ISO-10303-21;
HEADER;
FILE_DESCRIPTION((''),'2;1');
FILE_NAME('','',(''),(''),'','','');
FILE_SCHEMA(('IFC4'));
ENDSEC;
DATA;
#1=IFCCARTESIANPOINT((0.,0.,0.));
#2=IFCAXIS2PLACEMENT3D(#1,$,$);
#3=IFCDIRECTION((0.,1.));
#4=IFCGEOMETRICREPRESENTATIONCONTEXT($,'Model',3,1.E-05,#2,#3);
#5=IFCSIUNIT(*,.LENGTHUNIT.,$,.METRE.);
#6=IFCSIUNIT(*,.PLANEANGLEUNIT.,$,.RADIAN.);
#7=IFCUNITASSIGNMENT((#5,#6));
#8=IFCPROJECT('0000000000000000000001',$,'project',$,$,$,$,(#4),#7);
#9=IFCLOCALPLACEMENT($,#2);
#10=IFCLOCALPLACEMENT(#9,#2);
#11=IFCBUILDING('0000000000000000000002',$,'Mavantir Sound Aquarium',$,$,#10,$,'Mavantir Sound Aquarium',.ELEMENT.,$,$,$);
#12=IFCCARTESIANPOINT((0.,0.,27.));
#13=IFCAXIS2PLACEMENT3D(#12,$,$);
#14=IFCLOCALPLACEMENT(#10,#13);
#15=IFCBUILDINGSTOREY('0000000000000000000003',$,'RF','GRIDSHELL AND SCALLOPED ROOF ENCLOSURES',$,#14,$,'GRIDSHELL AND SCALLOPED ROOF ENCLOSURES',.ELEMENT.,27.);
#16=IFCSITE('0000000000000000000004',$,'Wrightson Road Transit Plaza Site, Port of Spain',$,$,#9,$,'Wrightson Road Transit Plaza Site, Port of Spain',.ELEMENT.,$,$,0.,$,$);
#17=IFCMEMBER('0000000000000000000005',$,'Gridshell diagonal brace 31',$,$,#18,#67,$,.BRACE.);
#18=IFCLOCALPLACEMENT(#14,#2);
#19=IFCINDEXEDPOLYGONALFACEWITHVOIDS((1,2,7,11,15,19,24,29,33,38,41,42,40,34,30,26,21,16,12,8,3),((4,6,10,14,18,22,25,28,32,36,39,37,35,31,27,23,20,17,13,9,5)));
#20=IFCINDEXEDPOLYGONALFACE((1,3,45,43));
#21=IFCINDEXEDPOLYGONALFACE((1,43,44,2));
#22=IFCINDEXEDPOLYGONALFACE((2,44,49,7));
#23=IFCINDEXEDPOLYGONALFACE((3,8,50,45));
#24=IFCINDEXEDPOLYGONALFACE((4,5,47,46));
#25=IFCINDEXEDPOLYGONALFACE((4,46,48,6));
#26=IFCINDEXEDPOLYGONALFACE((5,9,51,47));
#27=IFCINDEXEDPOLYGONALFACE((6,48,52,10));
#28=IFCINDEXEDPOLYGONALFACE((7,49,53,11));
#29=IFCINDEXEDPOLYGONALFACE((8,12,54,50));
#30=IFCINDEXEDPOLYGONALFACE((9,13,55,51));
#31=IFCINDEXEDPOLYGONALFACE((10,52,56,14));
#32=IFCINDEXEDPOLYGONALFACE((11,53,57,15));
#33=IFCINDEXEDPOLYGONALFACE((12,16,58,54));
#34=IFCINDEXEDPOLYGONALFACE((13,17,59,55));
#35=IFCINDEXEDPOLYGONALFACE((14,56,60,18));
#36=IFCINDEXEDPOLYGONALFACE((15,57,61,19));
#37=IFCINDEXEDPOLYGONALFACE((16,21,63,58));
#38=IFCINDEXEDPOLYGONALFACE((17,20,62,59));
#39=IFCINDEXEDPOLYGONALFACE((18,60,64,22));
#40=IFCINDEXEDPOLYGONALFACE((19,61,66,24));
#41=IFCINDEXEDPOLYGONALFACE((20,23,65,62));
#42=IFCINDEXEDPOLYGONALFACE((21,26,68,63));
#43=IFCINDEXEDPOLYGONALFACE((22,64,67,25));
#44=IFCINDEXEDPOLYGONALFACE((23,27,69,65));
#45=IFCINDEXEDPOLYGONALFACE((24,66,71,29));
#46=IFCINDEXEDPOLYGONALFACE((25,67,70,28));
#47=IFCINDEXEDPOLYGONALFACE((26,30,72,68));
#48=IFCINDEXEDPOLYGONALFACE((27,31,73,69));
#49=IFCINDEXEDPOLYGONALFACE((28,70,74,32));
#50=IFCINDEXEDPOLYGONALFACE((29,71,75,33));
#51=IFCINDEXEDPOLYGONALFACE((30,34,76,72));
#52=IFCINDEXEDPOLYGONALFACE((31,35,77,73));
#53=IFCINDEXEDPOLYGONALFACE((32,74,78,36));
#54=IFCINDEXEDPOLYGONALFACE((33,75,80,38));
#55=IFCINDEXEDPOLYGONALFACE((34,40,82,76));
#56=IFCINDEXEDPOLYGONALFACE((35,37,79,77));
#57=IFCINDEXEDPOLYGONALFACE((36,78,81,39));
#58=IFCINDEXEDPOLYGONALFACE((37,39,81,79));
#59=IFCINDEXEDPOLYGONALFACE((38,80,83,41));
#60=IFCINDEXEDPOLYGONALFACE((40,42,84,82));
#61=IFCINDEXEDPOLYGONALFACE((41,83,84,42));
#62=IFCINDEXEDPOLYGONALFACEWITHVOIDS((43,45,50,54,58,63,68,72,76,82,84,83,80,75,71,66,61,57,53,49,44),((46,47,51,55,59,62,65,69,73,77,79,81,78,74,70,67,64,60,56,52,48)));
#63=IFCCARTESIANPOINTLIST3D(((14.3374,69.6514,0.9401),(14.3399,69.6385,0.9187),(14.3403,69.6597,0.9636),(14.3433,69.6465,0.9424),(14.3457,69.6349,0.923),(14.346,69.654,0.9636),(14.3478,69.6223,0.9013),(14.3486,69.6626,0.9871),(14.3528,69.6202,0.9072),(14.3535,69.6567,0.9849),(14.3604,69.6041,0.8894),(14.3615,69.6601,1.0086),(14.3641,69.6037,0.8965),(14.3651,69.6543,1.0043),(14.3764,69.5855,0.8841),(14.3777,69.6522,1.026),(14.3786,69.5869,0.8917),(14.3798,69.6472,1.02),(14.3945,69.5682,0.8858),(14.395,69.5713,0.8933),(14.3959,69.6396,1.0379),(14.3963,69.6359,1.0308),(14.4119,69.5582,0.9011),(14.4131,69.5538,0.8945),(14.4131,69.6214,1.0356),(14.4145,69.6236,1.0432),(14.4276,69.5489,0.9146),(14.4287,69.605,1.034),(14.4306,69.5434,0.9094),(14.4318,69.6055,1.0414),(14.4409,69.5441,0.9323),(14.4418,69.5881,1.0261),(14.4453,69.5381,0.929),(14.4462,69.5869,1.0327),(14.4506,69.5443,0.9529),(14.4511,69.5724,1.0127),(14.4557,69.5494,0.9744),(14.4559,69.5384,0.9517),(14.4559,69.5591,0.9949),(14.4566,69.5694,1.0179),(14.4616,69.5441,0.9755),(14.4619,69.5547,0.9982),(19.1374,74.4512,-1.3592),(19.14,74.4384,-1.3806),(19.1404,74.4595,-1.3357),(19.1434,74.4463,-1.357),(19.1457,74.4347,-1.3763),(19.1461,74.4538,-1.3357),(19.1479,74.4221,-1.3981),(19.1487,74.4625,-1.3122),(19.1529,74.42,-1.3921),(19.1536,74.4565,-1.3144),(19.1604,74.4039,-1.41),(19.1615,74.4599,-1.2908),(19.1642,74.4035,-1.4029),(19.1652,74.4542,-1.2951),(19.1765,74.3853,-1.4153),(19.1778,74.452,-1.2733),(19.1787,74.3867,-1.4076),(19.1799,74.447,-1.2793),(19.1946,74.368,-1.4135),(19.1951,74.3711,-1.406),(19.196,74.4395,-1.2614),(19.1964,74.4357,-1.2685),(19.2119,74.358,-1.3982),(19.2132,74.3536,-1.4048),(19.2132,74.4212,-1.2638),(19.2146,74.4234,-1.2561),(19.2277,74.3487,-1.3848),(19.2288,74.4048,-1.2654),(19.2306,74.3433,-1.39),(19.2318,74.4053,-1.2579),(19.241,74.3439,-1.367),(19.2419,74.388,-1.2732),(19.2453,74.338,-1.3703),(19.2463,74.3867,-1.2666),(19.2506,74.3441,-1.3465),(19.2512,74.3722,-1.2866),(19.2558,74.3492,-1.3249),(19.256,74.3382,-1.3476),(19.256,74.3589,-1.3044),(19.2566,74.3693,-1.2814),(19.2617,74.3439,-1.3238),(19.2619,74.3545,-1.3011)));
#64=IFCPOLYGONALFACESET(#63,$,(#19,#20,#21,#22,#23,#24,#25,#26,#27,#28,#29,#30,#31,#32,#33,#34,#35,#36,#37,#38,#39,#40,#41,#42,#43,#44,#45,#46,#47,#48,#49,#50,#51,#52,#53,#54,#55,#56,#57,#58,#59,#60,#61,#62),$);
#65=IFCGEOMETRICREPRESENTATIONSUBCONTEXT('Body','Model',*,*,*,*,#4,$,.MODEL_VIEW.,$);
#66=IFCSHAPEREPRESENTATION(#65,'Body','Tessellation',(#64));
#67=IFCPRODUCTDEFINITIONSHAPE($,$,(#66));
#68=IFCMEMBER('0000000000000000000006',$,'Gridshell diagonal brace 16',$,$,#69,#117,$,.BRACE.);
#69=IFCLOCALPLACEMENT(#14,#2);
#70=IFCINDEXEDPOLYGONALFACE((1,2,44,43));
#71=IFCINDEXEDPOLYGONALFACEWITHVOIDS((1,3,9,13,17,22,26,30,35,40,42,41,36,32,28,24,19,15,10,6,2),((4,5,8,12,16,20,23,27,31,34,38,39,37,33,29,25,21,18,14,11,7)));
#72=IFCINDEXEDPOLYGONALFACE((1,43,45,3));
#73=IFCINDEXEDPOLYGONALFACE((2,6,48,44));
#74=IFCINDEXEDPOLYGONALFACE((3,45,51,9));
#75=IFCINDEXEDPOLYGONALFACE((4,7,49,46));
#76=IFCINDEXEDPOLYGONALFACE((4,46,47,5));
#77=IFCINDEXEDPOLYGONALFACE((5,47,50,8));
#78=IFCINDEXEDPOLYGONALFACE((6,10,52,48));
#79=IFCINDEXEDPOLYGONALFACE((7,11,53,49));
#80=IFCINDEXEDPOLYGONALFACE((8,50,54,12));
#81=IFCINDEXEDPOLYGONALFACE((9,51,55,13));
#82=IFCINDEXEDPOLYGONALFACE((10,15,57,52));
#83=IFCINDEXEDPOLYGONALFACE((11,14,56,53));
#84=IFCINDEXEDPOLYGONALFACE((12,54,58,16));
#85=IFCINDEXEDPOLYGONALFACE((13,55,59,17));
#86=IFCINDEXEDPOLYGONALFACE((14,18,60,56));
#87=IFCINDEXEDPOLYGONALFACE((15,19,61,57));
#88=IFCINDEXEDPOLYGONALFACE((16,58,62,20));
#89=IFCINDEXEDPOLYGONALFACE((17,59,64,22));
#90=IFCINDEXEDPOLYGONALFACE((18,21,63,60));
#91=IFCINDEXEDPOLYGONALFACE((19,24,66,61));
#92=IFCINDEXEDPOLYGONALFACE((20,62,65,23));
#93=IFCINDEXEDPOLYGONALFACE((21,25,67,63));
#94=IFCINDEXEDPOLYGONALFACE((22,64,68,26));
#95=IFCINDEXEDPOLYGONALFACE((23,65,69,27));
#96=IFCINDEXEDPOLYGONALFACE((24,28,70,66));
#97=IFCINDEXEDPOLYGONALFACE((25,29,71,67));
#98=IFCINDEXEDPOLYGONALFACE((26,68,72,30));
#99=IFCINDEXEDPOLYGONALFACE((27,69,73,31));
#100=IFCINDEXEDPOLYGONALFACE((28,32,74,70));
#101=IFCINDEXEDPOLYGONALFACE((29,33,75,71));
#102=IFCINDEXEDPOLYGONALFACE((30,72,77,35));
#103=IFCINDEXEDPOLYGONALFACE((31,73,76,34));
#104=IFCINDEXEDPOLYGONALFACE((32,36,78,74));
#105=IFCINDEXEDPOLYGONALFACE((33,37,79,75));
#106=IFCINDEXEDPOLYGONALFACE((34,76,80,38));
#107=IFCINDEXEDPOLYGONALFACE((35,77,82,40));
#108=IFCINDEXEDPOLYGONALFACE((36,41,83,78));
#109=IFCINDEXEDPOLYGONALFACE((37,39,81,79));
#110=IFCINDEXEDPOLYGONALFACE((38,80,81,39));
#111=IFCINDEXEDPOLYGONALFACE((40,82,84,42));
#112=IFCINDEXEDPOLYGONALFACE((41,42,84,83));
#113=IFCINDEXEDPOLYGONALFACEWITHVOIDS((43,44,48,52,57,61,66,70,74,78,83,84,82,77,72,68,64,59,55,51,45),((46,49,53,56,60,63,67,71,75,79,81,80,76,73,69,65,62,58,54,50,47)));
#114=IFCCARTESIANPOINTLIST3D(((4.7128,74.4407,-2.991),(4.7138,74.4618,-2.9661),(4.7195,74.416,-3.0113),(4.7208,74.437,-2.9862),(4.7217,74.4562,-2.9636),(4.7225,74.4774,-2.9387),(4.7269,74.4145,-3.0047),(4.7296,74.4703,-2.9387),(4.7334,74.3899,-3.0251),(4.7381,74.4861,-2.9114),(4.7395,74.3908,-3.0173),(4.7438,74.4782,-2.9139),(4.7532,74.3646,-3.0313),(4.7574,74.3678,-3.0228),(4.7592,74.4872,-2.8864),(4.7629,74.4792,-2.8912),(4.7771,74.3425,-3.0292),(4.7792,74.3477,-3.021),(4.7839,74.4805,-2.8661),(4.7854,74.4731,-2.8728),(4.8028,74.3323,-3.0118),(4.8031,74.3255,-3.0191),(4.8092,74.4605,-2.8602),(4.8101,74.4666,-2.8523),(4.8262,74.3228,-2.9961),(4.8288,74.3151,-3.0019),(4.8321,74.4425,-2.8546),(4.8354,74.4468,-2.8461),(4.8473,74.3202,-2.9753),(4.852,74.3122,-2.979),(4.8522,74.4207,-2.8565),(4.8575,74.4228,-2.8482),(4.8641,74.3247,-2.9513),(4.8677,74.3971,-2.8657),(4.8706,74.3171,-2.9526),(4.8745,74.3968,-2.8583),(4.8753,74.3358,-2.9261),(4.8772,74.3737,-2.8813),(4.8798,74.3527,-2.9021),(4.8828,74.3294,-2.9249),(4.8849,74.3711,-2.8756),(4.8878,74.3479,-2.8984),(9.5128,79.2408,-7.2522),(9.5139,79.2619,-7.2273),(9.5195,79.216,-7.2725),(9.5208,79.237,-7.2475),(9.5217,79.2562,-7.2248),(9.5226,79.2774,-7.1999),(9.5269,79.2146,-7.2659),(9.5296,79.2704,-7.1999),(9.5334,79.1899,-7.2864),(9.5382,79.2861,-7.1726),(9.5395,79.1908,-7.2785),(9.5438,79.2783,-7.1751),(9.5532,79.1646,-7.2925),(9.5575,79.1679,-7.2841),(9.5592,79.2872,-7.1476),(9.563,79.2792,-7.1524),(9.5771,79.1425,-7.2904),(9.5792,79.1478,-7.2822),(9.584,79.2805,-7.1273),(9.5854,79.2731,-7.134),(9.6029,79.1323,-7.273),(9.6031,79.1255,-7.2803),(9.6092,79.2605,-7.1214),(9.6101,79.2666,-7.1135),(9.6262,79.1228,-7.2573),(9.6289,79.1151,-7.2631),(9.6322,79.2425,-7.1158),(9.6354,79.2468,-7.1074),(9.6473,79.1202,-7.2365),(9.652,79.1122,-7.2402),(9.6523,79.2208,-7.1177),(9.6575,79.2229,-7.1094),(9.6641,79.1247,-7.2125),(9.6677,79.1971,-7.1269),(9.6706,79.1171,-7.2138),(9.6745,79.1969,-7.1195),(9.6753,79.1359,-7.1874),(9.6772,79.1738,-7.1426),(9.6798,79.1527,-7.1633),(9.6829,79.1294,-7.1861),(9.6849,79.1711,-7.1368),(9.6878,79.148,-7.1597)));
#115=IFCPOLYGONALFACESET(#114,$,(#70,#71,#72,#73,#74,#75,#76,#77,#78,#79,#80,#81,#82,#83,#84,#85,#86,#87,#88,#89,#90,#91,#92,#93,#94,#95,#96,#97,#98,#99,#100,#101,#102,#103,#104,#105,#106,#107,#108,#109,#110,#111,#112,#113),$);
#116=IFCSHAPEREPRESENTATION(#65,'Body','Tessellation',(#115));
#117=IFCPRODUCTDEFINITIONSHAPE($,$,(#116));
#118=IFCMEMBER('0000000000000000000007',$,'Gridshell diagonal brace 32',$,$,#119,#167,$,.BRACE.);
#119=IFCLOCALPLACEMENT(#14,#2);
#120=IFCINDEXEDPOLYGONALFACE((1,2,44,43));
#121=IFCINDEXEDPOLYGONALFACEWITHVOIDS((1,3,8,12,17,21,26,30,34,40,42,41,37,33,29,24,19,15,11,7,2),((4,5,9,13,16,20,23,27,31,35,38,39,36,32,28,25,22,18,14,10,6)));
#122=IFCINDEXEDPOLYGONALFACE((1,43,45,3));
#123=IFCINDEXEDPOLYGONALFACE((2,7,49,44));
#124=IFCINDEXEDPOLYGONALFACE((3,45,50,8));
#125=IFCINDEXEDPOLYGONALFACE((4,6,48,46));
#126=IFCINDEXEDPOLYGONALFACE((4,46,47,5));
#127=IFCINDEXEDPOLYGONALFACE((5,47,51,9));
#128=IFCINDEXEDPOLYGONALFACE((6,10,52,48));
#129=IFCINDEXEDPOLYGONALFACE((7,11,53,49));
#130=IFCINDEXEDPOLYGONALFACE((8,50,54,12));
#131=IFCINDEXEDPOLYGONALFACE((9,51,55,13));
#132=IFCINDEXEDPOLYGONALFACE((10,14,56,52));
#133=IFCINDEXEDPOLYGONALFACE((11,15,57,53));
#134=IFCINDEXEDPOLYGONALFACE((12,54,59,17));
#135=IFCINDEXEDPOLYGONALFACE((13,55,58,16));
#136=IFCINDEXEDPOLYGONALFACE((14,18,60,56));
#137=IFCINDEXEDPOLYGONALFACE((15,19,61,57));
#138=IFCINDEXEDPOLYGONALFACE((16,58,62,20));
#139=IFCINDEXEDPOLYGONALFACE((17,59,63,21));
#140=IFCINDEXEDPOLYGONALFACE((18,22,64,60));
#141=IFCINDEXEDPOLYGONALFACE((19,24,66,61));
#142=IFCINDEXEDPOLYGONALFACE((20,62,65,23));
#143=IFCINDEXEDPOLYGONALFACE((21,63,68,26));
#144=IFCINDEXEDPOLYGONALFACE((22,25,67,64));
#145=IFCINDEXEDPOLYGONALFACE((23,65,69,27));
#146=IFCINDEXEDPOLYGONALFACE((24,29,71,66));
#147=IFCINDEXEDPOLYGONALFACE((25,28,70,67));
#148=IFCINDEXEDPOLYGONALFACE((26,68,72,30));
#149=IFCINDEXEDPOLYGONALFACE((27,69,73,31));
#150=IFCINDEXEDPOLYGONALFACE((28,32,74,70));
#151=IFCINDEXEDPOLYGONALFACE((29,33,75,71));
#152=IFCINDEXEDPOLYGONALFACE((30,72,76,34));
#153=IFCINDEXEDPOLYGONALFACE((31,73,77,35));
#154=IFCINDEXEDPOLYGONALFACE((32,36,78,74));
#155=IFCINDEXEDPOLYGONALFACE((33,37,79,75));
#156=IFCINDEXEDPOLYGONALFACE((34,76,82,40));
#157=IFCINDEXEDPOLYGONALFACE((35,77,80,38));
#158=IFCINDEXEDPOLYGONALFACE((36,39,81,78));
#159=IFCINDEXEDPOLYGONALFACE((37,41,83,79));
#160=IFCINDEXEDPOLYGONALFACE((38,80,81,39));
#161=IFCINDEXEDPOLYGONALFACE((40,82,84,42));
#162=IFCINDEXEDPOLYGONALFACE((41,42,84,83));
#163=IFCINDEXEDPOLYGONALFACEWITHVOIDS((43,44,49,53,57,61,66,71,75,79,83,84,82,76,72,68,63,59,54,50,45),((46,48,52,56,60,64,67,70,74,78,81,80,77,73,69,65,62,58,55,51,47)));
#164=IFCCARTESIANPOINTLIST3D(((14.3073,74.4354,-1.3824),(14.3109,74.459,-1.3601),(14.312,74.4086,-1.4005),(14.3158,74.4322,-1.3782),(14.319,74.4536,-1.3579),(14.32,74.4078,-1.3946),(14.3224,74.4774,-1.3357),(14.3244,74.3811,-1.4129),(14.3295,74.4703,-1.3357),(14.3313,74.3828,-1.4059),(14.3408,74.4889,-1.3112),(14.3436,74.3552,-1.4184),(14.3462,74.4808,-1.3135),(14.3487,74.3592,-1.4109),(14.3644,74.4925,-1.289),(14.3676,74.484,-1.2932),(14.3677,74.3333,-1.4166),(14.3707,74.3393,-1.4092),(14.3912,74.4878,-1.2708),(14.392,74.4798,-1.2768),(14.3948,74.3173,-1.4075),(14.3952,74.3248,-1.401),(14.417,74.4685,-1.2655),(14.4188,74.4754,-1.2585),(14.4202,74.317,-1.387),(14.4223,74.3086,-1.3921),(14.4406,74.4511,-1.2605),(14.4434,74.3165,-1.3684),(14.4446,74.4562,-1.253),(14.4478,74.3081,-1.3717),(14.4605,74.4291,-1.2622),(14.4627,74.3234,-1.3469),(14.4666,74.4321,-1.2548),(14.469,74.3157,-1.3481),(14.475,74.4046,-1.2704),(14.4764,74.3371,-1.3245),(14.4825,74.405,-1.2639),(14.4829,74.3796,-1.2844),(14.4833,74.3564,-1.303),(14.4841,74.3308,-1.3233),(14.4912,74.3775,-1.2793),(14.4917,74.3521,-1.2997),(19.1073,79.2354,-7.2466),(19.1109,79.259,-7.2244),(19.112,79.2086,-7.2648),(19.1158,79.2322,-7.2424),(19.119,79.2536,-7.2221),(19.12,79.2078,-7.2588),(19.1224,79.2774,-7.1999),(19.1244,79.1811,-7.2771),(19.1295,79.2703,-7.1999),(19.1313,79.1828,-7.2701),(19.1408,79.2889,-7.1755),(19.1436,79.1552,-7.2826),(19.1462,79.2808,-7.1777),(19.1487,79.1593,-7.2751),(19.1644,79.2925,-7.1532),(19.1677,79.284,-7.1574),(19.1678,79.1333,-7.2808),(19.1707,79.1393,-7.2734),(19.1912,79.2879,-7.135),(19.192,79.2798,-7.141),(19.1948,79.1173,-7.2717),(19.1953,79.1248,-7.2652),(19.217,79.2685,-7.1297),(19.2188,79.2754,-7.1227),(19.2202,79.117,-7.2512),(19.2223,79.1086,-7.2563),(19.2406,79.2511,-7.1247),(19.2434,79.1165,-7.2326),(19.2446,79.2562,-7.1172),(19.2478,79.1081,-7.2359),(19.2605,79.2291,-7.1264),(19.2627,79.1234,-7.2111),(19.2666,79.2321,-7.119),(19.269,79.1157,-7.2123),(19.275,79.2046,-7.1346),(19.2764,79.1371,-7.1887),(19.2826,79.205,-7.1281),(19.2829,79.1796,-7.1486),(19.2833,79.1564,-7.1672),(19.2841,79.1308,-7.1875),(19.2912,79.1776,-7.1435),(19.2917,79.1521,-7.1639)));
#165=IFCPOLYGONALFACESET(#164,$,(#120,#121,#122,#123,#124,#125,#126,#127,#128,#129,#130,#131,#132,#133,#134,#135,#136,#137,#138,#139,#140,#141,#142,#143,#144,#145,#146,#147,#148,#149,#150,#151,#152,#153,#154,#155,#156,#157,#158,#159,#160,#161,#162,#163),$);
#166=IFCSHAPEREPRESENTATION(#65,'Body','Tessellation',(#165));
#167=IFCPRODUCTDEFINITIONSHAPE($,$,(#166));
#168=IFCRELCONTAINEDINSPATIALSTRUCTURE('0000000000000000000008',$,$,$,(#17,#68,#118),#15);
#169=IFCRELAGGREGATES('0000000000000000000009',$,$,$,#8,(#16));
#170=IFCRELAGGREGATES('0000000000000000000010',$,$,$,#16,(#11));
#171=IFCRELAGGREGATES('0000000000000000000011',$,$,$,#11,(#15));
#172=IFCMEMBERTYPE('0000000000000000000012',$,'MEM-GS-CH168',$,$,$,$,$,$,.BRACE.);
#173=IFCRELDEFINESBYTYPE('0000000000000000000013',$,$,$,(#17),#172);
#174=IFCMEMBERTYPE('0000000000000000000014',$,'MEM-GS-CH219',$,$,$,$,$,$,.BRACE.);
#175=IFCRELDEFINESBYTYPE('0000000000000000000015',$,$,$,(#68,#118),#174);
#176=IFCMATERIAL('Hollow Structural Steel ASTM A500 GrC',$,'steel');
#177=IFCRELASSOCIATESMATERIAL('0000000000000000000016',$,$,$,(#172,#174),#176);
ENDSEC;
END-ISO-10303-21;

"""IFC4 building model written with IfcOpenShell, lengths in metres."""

from ifc_helpers import new_model, si_unit, direction, frame, origin, origin_2d, place, context, subcontext, project, spatial, hollow_circle, extrude, material, material_profile, profile_set, type_object, element, save


model = new_model("IFC4")

# Units and contexts
model_context = context("Model", 3, precision=1e-05, world=origin(), true_north=direction((0.0, 1.0)))
body_context = subcontext(model_context, "Body", "Model", "MODEL_VIEW")
ifc_project = project(units=[si_unit("LENGTHUNIT", "METRE"), si_unit("PLANEANGLEUNIT", "RADIAN")], contexts=[model_context])

# Site, building, storey
site_placement = place(None, origin())
site = spatial("IfcSite", under=ifc_project, at=site_placement, Name="Wrightson Road Transit Plaza Site, Port of Spain", LongName="Wrightson Road Transit Plaza Site, Port of Spain", CompositionType="ELEMENT", RefElevation=0.0)
building_placement = place(site_placement, origin())
building = spatial("IfcBuilding", under=site, at=building_placement, Name="Mavantir Sound Aquarium", LongName="Mavantir Sound Aquarium", CompositionType="ELEMENT")
storey_placement = place(building_placement, frame((0.0, 0.0, 27.0)))
storey = spatial("IfcBuildingStorey", under=building, at=storey_placement, Name="RF", Description="GRIDSHELL AND SCALLOPED ROOF ENCLOSURES", LongName="GRIDSHELL AND SCALLOPED ROOF ENCLOSURES", CompositionType="ELEMENT", Elevation=27.0)

# Shared definitions
ifc_material_1 = material(Name="Hollow Structural Steel ASTM A500 GrC", Category="steel")

# Members
ifc_material_profile_1 = material_profile(ifc_material_1, hollow_circle(Radius=0.0842, WallThickness=0.0081, at=origin_2d()), Name="CHS 168.3X8")
ifc_profile_set_1 = profile_set([ifc_material_profile_1], Name="Hollow Structural Steel ASTM A500 GrC")
member_type_1 = type_object("IfcMemberType", Name="MEM-GS-CH168", PredefinedType="BRACE", material=ifc_profile_set_1)
member_1_placement = place(storey_placement, frame((14.3999, 69.6001, 0.9636), z_axis=(0.669746, 0.669712, -0.320821), x_axis=(-0.707089, 0.707125, 0.0)))
element("IfcMember", 1, at=member_1_placement, inside=storey, type_object=member_type_1, Name="Gridshell diagonal brace 31", PredefinedType="BRACE", context=body_context, shape_type="SweptSolid", body=[
    extrude(hollow_circle(Radius=0.0842, WallThickness=0.0081, at=origin_2d()), origin(), (0.0, 0.0, 1.0), 7.167),
])
ifc_material_profile_2 = material_profile(ifc_material_1, hollow_circle(Radius=0.1096, WallThickness=0.01, at=origin_2d()), Name="CHS 219.1X10")
ifc_profile_set_2 = profile_set([ifc_material_profile_2], Name="Hollow Structural Steel ASTM A500 GrC")
member_type_2 = type_object("IfcMemberType", Name="MEM-GS-CH219", PredefinedType="BRACE", material=ifc_profile_set_2)
member_2_placement = place(storey_placement, frame((4.8, 74.3999, -2.9387), z_axis=(0.598889, 0.598889, -0.531662), x_axis=(-0.707107, 0.707107, 0.0)))
element("IfcMember", 2, at=member_2_placement, inside=storey, type_object=member_type_2, Name="Gridshell diagonal brace 16", PredefinedType="BRACE", context=body_context, shape_type="SweptSolid", body=[
    extrude(hollow_circle(Radius=0.1096, WallThickness=0.01, at=origin_2d()), origin(), (0.0, 0.0, 1.0), 8.0149),
])
member_3_placement = place(storey_placement, frame((14.3999, 74.3999, -1.3357), z_axis=(0.535091, 0.535091, -0.653725), x_axis=(-0.707107, 0.707107, 0.0)))
element("IfcMember", 3, at=member_3_placement, inside=storey, type_object=member_type_2, Name="Gridshell diagonal brace 32", PredefinedType="BRACE", context=body_context, shape_type="SweptSolid", body=[
    extrude(hollow_circle(Radius=0.1096, WallThickness=0.01, at=origin_2d()), origin(), (0.0, 0.0, 1.0), 8.9705),
])

save(model, "model.ifc")
